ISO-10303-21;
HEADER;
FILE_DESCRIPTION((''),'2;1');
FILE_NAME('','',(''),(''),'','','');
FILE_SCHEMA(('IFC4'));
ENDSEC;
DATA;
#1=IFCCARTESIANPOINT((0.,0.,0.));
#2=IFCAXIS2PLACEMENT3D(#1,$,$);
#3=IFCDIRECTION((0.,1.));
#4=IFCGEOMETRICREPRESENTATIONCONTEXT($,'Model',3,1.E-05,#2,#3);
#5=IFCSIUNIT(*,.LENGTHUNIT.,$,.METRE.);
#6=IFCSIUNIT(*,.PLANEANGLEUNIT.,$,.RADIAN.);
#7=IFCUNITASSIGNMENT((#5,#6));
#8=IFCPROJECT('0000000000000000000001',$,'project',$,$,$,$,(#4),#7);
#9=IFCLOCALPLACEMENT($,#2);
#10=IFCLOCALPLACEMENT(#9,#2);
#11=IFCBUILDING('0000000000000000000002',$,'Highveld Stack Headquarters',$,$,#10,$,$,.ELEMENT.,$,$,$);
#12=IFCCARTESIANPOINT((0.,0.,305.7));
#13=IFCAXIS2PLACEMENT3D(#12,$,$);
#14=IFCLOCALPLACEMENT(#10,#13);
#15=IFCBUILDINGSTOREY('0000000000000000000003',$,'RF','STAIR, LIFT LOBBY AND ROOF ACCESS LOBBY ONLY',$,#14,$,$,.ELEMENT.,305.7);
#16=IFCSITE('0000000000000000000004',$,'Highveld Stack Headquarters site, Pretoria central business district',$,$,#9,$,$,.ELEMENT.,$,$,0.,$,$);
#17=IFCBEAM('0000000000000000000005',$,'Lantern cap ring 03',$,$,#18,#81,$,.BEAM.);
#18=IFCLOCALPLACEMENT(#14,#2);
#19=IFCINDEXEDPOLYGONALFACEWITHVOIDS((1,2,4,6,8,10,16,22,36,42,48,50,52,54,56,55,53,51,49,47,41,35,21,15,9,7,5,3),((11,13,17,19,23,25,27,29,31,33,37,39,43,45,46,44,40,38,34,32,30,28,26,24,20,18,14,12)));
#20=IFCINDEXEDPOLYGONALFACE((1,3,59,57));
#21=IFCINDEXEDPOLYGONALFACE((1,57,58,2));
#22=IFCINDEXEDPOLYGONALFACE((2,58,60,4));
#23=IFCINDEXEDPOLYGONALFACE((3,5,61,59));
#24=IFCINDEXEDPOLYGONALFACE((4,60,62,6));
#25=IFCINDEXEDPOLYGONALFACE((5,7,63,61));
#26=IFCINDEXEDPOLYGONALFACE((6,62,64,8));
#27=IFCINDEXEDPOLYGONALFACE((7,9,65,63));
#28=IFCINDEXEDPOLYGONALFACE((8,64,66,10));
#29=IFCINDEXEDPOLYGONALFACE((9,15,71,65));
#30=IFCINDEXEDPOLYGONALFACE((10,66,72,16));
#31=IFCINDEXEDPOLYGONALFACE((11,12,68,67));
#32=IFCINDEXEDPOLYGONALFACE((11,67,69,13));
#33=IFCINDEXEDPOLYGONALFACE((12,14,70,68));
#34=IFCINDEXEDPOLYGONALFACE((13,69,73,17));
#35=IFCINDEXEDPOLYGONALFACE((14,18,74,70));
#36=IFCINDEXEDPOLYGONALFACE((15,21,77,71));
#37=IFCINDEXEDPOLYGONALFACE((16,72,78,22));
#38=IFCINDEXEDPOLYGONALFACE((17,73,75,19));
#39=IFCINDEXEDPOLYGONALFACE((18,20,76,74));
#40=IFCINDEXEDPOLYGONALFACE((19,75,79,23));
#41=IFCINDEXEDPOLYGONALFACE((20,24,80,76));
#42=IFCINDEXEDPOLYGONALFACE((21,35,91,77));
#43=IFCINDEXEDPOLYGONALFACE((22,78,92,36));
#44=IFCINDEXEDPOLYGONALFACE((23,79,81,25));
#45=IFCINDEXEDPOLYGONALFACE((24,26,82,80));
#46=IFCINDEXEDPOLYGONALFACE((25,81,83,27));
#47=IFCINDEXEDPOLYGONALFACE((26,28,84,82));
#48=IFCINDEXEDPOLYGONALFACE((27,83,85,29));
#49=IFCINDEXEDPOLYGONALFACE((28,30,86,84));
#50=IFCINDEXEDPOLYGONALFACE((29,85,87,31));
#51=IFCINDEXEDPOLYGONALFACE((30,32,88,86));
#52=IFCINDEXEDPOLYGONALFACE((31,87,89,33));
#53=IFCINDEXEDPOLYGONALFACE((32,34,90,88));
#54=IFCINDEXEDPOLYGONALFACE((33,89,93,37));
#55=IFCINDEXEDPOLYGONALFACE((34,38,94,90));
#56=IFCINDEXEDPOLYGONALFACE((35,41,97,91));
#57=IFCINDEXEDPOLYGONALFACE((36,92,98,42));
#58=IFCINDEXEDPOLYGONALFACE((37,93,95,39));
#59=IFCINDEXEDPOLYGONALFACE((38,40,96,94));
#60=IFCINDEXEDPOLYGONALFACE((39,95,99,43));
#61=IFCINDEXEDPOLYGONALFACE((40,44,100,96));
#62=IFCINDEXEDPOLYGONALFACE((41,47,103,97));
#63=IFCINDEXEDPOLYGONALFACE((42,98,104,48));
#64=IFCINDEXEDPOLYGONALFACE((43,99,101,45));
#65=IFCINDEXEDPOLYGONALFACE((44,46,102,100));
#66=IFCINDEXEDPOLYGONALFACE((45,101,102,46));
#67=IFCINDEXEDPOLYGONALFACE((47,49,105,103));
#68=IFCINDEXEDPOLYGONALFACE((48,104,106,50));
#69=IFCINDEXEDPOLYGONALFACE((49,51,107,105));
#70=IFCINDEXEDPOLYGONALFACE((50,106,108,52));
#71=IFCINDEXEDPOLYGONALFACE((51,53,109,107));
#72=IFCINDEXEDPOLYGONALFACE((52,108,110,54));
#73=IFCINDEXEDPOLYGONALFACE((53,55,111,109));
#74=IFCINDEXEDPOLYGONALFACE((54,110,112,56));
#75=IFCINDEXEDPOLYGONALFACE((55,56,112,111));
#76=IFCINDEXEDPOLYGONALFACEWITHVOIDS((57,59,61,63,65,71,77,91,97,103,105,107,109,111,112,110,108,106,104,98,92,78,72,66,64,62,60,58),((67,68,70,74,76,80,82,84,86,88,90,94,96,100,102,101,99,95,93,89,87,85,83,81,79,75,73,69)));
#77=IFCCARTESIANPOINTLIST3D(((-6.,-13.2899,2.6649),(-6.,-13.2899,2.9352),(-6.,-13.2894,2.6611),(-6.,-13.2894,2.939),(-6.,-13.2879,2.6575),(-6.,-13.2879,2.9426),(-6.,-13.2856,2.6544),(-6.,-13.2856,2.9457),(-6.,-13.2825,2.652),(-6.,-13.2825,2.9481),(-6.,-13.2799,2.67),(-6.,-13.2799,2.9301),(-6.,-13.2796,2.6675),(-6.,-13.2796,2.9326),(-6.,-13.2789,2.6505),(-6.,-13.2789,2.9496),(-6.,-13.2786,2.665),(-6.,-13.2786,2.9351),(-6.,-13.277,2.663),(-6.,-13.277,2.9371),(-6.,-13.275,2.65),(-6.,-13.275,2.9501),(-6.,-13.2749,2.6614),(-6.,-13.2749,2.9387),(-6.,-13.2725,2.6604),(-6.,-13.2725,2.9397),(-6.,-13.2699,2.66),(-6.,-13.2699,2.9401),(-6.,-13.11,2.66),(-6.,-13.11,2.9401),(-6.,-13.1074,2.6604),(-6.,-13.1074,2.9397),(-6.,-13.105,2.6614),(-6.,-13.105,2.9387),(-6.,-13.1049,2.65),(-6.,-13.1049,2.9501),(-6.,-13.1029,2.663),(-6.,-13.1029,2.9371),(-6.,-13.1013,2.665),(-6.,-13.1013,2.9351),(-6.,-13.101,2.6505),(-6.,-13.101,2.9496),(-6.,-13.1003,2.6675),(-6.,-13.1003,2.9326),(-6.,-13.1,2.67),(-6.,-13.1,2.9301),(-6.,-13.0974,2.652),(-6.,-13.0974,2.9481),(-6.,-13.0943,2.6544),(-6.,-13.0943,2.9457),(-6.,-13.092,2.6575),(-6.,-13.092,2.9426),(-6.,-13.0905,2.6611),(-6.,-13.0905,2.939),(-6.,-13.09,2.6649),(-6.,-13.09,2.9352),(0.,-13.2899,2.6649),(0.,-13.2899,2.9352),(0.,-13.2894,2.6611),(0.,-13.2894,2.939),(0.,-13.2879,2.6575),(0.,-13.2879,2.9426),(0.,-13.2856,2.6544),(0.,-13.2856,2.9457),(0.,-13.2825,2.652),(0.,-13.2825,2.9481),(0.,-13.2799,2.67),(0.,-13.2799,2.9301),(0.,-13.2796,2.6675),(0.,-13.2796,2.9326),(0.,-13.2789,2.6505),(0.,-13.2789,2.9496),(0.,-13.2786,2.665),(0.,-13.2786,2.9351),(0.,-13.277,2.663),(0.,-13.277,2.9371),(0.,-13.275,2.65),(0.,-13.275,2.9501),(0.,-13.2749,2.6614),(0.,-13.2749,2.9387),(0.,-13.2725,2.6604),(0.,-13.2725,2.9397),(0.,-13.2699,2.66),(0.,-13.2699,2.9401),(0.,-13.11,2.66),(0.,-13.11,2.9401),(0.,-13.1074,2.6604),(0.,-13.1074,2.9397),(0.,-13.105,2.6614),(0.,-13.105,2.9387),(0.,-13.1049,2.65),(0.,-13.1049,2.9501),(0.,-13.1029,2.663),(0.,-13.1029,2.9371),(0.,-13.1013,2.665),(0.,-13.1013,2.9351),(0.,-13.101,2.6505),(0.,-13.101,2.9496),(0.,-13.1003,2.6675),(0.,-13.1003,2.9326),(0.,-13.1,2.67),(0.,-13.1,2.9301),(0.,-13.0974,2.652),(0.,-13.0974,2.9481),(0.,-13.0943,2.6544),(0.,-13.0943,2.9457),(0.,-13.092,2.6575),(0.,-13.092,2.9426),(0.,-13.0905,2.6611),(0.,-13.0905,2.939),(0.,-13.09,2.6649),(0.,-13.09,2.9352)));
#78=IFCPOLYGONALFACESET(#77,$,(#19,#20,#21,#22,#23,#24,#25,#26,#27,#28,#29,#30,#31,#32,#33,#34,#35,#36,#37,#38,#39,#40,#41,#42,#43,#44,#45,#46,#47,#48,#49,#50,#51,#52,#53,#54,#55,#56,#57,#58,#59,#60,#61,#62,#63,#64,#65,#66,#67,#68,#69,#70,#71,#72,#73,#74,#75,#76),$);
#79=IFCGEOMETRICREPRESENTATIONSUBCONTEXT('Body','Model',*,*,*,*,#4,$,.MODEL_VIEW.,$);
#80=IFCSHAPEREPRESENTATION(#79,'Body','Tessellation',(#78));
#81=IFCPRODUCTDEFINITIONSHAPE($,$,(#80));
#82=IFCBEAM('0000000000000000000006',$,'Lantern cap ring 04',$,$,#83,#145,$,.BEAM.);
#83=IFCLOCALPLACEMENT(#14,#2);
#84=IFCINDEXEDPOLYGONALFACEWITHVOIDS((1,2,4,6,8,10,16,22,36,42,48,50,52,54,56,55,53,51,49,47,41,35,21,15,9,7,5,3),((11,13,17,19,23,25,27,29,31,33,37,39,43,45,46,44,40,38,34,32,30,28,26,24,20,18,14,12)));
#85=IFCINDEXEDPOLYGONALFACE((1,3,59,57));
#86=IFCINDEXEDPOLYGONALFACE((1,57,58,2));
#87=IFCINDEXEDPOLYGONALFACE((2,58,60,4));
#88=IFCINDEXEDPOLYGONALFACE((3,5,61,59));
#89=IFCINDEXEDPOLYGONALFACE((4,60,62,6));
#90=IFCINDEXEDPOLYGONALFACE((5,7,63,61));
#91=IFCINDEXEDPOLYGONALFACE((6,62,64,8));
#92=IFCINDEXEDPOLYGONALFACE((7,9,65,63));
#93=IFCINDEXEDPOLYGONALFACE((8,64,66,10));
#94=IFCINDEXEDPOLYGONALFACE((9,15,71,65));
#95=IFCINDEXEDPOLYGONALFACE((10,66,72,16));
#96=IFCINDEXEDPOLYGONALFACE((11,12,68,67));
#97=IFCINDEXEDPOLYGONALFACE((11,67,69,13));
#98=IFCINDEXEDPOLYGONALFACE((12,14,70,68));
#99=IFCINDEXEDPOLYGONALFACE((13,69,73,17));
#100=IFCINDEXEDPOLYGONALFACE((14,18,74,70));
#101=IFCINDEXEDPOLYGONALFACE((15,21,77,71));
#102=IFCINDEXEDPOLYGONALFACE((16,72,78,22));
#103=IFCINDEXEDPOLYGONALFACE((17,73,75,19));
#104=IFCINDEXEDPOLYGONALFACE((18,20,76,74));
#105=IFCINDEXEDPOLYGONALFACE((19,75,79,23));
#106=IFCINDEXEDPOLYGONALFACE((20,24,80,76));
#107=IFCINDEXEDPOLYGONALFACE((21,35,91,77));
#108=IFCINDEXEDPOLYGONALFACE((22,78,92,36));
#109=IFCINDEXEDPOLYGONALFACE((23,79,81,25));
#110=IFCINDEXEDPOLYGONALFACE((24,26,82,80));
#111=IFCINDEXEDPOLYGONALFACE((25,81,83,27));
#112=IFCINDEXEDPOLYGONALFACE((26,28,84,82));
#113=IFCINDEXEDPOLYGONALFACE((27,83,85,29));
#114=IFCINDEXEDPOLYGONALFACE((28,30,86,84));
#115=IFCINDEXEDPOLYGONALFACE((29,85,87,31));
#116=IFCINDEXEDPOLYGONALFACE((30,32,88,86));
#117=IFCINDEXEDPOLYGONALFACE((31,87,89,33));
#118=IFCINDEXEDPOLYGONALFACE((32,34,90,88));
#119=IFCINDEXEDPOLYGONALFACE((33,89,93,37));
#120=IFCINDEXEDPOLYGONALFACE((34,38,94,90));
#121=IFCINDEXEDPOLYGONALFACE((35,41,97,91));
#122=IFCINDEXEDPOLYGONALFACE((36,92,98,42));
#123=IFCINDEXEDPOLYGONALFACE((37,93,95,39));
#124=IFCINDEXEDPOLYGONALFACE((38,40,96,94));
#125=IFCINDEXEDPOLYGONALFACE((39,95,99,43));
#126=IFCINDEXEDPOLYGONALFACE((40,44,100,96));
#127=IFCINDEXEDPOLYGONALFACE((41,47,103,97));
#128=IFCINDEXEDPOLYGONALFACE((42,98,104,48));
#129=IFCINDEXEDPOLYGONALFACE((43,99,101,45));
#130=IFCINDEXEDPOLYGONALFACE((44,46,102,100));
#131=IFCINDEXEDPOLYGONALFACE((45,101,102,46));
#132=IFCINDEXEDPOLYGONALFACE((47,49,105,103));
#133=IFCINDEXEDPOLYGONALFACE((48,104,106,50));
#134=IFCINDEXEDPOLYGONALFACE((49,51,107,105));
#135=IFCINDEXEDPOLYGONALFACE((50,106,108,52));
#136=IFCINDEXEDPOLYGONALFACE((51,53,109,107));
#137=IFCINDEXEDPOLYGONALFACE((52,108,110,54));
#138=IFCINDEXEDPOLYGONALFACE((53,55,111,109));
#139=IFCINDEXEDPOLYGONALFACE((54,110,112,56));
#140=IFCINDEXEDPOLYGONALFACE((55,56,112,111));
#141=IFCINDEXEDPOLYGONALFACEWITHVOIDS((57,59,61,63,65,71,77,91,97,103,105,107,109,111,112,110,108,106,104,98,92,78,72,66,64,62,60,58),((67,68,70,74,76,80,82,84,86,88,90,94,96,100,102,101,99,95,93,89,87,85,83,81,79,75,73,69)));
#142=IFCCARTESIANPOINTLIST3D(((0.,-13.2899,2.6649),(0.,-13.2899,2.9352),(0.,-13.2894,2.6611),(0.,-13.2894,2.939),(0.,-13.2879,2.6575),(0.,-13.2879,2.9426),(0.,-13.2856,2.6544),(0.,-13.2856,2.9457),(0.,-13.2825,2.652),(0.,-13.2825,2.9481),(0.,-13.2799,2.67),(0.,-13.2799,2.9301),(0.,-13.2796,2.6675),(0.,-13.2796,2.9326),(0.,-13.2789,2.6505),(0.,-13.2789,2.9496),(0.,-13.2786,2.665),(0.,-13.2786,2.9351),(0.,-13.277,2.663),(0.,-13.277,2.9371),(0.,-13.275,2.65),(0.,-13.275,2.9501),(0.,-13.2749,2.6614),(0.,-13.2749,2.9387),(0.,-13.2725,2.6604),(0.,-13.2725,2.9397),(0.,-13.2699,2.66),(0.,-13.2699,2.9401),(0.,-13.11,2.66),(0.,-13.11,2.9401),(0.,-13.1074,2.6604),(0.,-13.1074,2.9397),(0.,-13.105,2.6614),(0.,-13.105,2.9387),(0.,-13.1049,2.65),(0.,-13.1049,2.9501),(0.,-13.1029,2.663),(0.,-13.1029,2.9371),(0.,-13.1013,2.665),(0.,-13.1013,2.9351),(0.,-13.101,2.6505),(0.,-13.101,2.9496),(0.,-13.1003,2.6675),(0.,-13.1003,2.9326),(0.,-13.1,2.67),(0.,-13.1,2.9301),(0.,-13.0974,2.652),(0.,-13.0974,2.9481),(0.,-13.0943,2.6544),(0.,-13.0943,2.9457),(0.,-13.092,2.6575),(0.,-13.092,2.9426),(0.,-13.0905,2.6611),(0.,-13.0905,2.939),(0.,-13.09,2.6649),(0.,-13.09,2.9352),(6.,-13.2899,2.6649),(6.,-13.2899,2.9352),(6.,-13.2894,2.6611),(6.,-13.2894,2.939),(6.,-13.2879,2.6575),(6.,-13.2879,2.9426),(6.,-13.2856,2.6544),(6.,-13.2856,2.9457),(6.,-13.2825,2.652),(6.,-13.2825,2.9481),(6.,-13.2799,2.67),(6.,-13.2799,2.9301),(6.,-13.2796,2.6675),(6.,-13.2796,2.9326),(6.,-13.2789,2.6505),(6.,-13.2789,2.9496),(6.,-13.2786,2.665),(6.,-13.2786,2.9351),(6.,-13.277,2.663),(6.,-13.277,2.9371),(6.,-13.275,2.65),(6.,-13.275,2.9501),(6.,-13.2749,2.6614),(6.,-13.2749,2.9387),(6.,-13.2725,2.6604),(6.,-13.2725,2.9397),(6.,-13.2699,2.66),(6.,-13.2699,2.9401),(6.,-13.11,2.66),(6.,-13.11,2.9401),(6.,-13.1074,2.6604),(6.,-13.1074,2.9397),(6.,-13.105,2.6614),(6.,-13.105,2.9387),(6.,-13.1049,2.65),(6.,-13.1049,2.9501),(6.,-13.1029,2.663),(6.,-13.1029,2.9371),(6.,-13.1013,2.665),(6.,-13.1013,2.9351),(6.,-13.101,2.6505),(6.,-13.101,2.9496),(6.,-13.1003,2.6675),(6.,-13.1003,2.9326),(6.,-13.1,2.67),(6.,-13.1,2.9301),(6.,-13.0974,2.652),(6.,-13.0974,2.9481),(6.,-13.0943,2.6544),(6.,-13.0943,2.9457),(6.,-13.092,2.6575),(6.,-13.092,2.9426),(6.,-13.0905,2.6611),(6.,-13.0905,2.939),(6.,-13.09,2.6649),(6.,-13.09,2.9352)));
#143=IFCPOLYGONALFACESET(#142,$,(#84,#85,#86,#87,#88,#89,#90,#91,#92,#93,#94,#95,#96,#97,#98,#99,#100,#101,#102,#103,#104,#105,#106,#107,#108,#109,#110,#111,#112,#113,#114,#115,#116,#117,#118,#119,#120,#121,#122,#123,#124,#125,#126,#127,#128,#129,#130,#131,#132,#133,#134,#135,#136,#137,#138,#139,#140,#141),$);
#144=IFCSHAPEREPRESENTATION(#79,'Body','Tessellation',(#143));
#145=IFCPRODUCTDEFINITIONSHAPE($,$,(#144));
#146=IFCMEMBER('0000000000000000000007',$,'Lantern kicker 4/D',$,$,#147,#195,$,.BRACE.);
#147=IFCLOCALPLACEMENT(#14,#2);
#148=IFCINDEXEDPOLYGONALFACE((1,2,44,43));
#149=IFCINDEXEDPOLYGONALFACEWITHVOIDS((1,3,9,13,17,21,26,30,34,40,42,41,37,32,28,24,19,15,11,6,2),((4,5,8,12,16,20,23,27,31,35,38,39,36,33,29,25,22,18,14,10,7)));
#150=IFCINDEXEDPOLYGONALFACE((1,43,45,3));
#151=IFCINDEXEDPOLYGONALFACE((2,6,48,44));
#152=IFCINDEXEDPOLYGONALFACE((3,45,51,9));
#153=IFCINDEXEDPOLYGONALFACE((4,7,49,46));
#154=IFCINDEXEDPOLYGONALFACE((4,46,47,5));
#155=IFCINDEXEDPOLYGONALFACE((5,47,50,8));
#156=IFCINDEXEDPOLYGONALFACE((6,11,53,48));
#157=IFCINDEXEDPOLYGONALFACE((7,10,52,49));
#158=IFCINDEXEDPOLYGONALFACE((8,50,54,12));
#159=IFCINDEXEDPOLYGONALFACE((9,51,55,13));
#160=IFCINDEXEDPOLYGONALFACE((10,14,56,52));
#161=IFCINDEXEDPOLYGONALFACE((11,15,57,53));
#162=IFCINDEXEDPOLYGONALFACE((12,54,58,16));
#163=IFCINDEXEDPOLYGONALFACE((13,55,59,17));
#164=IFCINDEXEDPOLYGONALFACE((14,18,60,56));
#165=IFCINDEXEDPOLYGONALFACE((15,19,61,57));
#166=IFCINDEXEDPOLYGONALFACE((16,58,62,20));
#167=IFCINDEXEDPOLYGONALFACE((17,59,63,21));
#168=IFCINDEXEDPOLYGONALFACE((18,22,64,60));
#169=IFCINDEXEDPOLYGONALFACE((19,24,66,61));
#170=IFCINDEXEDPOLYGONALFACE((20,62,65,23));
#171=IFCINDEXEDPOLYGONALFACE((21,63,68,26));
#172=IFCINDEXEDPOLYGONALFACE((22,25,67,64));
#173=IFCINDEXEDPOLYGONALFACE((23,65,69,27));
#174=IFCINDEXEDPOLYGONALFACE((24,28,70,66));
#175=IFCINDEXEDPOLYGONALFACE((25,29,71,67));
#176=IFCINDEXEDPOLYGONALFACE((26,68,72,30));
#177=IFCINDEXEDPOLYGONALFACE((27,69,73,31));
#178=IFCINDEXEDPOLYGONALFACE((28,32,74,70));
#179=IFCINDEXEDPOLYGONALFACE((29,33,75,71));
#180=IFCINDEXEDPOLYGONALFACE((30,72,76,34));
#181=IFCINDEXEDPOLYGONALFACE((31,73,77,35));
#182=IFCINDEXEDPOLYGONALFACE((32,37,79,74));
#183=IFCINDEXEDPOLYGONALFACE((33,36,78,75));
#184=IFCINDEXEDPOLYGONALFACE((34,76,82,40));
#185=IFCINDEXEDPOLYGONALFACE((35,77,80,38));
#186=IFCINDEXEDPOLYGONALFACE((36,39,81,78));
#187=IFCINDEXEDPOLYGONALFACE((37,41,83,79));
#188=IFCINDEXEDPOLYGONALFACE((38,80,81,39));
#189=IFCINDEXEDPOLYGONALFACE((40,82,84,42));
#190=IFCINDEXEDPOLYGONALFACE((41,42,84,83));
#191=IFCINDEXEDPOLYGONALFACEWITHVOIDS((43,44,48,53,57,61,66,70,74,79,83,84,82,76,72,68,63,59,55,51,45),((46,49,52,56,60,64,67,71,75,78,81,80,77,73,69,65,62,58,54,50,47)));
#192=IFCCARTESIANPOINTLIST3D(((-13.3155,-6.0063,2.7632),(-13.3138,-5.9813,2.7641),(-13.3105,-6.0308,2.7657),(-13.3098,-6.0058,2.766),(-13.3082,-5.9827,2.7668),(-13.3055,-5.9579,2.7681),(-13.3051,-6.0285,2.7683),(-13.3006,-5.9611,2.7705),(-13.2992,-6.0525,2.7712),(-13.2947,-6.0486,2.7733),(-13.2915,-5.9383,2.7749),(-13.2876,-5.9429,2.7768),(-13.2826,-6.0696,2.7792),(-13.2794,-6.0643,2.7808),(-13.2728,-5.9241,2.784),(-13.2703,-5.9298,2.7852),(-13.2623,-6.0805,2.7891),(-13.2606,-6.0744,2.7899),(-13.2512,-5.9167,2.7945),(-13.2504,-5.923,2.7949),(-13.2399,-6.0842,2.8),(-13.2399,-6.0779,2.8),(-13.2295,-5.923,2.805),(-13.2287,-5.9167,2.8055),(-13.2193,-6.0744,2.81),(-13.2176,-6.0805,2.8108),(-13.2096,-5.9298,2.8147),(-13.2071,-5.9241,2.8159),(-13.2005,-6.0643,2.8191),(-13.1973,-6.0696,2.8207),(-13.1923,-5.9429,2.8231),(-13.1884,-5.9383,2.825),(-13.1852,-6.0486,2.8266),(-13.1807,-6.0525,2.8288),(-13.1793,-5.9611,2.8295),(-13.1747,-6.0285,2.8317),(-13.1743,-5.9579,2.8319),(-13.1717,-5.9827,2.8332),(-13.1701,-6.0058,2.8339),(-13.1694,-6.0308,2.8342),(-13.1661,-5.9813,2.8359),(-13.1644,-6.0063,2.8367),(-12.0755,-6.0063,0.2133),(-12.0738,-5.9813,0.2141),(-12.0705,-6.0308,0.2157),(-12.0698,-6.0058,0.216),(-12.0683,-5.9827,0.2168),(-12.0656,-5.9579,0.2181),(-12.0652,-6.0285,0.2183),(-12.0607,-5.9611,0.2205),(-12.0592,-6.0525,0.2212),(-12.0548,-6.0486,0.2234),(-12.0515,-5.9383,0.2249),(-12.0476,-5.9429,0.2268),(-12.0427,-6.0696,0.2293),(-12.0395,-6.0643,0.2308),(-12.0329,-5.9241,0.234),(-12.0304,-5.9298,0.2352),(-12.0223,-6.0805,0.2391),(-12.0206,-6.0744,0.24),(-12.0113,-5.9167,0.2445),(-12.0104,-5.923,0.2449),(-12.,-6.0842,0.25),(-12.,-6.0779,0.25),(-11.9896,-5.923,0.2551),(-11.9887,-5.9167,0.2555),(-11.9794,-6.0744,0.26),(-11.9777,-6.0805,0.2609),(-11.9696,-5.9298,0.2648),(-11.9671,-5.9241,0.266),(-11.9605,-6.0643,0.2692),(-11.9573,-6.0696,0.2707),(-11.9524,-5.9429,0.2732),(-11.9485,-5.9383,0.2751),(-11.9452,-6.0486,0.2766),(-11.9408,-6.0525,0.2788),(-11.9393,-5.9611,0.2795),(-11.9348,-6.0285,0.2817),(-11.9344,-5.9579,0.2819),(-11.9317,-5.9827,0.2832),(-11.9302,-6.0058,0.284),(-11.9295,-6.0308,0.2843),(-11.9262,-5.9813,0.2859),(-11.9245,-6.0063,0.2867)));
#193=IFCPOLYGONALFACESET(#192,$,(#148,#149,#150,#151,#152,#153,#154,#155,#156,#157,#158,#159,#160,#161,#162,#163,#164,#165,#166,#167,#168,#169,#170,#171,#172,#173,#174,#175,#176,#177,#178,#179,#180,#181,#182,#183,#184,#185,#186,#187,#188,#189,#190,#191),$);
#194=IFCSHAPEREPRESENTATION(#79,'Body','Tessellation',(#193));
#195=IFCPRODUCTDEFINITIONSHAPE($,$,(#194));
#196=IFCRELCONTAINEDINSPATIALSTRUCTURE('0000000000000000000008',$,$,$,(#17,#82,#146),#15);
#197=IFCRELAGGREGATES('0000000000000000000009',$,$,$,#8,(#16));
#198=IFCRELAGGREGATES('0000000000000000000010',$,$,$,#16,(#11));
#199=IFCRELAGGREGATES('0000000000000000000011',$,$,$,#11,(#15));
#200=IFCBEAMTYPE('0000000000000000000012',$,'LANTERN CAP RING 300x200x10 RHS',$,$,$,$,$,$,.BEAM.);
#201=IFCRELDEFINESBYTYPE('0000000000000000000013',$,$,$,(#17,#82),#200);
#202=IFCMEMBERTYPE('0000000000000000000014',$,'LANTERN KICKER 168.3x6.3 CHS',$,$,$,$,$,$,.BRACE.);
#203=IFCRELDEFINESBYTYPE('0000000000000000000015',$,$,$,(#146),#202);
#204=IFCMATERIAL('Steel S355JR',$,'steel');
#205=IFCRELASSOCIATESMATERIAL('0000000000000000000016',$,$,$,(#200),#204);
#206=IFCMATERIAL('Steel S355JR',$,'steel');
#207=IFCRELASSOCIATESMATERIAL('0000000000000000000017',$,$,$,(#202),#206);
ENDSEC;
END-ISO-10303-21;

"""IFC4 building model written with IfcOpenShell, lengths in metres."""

from ifc_helpers import new_model, si_unit, direction, frame, origin, origin_2d, place, context, subcontext, project, spatial, hollow_rectangle, hollow_circle, extrude, material, material_profile, profile_set, type_object, element, save


model = new_model("IFC4")

# Units and contexts
model_context = context("Model", 3, precision=1e-05, world=origin(), true_north=direction((0.0, 1.0)))
body_context = subcontext(model_context, "Body", "Model", "MODEL_VIEW")
ifc_project = project(units=[si_unit("LENGTHUNIT", "METRE"), si_unit("PLANEANGLEUNIT", "RADIAN")], contexts=[model_context])

# Site, building, storey
site_placement = place(None, origin())
site = spatial("IfcSite", under=ifc_project, at=site_placement, Name="Highveld Stack Headquarters site, Pretoria central business district", CompositionType="ELEMENT", RefElevation=0.0)
building_placement = place(site_placement, origin())
building = spatial("IfcBuilding", under=site, at=building_placement, Name="Highveld Stack Headquarters", CompositionType="ELEMENT")
storey_placement = place(building_placement, frame((0.0, 0.0, 305.7)))
storey = spatial("IfcBuildingStorey", under=building, at=storey_placement, Name="RF", Description="STAIR, LIFT LOBBY AND ROOF ACCESS LOBBY ONLY", CompositionType="ELEMENT", Elevation=305.7)

# Beams
ifc_material_1 = material(Name="Steel S355JR", Category="steel")
ifc_material_profile_1 = material_profile(ifc_material_1, hollow_rectangle(XDim=0.2, YDim=0.3, WallThickness=0.01, InnerFilletRadius=0.01, OuterFilletRadius=0.0149, at=origin_2d()), Name="300x200x10 RHS")
ifc_profile_set_1 = profile_set([ifc_material_profile_1], Name="Steel S355JR")
beam_type_1 = type_object("IfcBeamType", Name="LANTERN CAP RING 300x200x10 RHS", PredefinedType="BEAM", material=ifc_profile_set_1)
for number, where, z_axis, x_axis, name in (
    (1, (-6.0, -13.1899, 2.8), (1.0, 0.0, 0.0), (0.0, 1.0, 0.0), "Lantern cap ring 03"),
    (2, (0.0, -13.1899, 2.8), (1.0, 0.0, 0.0), (0.0, 1.0, 0.0), "Lantern cap ring 04"),
):
    element("IfcBeam", number, at=place(storey_placement, frame(where, z_axis=z_axis, x_axis=x_axis)), inside=storey, type_object=beam_type_1, Name=name, PredefinedType="BEAM", context=body_context, shape_type="SweptSolid", body=[
        extrude(hollow_rectangle(XDim=0.2, YDim=0.3, WallThickness=0.01, InnerFilletRadius=0.01, OuterFilletRadius=0.0149, at=origin_2d()), origin(), (0.0, 0.0, 1.0), 6.0),
    ])

# Member
ifc_material_2 = material(Name="Steel S355JR", Category="steel")
ifc_material_profile_2 = material_profile(ifc_material_2, hollow_circle(Radius=0.0842, WallThickness=0.0063, at=origin_2d()), Name="168.3x6.3 CHS")
ifc_profile_set_2 = profile_set([ifc_material_profile_2], Name="Steel S355JR")
member_type = type_object("IfcMemberType", Name="LANTERN KICKER 168.3x6.3 CHS", PredefinedType="BRACE", material=ifc_profile_set_2)
for number, where, z_axis, x_axis, name in (
    (3, (-12.0, -6.0, 0.25), (-0.437302, 0.0, 0.899315), (0.0, -1.0, 0.0), "Lantern kicker 4/D"),
):
    element("IfcMember", number, at=place(storey_placement, frame(where, z_axis=z_axis, x_axis=x_axis)), inside=storey, type_object=member_type, Name=name, PredefinedType="BRACE", context=body_context, shape_type="SweptSolid", body=[
        extrude(hollow_circle(Radius=0.0842, WallThickness=0.0063, at=origin_2d()), origin(), (0.0, 0.0, 1.0), 2.8354),
    ])

save(model, "model.ifc")
